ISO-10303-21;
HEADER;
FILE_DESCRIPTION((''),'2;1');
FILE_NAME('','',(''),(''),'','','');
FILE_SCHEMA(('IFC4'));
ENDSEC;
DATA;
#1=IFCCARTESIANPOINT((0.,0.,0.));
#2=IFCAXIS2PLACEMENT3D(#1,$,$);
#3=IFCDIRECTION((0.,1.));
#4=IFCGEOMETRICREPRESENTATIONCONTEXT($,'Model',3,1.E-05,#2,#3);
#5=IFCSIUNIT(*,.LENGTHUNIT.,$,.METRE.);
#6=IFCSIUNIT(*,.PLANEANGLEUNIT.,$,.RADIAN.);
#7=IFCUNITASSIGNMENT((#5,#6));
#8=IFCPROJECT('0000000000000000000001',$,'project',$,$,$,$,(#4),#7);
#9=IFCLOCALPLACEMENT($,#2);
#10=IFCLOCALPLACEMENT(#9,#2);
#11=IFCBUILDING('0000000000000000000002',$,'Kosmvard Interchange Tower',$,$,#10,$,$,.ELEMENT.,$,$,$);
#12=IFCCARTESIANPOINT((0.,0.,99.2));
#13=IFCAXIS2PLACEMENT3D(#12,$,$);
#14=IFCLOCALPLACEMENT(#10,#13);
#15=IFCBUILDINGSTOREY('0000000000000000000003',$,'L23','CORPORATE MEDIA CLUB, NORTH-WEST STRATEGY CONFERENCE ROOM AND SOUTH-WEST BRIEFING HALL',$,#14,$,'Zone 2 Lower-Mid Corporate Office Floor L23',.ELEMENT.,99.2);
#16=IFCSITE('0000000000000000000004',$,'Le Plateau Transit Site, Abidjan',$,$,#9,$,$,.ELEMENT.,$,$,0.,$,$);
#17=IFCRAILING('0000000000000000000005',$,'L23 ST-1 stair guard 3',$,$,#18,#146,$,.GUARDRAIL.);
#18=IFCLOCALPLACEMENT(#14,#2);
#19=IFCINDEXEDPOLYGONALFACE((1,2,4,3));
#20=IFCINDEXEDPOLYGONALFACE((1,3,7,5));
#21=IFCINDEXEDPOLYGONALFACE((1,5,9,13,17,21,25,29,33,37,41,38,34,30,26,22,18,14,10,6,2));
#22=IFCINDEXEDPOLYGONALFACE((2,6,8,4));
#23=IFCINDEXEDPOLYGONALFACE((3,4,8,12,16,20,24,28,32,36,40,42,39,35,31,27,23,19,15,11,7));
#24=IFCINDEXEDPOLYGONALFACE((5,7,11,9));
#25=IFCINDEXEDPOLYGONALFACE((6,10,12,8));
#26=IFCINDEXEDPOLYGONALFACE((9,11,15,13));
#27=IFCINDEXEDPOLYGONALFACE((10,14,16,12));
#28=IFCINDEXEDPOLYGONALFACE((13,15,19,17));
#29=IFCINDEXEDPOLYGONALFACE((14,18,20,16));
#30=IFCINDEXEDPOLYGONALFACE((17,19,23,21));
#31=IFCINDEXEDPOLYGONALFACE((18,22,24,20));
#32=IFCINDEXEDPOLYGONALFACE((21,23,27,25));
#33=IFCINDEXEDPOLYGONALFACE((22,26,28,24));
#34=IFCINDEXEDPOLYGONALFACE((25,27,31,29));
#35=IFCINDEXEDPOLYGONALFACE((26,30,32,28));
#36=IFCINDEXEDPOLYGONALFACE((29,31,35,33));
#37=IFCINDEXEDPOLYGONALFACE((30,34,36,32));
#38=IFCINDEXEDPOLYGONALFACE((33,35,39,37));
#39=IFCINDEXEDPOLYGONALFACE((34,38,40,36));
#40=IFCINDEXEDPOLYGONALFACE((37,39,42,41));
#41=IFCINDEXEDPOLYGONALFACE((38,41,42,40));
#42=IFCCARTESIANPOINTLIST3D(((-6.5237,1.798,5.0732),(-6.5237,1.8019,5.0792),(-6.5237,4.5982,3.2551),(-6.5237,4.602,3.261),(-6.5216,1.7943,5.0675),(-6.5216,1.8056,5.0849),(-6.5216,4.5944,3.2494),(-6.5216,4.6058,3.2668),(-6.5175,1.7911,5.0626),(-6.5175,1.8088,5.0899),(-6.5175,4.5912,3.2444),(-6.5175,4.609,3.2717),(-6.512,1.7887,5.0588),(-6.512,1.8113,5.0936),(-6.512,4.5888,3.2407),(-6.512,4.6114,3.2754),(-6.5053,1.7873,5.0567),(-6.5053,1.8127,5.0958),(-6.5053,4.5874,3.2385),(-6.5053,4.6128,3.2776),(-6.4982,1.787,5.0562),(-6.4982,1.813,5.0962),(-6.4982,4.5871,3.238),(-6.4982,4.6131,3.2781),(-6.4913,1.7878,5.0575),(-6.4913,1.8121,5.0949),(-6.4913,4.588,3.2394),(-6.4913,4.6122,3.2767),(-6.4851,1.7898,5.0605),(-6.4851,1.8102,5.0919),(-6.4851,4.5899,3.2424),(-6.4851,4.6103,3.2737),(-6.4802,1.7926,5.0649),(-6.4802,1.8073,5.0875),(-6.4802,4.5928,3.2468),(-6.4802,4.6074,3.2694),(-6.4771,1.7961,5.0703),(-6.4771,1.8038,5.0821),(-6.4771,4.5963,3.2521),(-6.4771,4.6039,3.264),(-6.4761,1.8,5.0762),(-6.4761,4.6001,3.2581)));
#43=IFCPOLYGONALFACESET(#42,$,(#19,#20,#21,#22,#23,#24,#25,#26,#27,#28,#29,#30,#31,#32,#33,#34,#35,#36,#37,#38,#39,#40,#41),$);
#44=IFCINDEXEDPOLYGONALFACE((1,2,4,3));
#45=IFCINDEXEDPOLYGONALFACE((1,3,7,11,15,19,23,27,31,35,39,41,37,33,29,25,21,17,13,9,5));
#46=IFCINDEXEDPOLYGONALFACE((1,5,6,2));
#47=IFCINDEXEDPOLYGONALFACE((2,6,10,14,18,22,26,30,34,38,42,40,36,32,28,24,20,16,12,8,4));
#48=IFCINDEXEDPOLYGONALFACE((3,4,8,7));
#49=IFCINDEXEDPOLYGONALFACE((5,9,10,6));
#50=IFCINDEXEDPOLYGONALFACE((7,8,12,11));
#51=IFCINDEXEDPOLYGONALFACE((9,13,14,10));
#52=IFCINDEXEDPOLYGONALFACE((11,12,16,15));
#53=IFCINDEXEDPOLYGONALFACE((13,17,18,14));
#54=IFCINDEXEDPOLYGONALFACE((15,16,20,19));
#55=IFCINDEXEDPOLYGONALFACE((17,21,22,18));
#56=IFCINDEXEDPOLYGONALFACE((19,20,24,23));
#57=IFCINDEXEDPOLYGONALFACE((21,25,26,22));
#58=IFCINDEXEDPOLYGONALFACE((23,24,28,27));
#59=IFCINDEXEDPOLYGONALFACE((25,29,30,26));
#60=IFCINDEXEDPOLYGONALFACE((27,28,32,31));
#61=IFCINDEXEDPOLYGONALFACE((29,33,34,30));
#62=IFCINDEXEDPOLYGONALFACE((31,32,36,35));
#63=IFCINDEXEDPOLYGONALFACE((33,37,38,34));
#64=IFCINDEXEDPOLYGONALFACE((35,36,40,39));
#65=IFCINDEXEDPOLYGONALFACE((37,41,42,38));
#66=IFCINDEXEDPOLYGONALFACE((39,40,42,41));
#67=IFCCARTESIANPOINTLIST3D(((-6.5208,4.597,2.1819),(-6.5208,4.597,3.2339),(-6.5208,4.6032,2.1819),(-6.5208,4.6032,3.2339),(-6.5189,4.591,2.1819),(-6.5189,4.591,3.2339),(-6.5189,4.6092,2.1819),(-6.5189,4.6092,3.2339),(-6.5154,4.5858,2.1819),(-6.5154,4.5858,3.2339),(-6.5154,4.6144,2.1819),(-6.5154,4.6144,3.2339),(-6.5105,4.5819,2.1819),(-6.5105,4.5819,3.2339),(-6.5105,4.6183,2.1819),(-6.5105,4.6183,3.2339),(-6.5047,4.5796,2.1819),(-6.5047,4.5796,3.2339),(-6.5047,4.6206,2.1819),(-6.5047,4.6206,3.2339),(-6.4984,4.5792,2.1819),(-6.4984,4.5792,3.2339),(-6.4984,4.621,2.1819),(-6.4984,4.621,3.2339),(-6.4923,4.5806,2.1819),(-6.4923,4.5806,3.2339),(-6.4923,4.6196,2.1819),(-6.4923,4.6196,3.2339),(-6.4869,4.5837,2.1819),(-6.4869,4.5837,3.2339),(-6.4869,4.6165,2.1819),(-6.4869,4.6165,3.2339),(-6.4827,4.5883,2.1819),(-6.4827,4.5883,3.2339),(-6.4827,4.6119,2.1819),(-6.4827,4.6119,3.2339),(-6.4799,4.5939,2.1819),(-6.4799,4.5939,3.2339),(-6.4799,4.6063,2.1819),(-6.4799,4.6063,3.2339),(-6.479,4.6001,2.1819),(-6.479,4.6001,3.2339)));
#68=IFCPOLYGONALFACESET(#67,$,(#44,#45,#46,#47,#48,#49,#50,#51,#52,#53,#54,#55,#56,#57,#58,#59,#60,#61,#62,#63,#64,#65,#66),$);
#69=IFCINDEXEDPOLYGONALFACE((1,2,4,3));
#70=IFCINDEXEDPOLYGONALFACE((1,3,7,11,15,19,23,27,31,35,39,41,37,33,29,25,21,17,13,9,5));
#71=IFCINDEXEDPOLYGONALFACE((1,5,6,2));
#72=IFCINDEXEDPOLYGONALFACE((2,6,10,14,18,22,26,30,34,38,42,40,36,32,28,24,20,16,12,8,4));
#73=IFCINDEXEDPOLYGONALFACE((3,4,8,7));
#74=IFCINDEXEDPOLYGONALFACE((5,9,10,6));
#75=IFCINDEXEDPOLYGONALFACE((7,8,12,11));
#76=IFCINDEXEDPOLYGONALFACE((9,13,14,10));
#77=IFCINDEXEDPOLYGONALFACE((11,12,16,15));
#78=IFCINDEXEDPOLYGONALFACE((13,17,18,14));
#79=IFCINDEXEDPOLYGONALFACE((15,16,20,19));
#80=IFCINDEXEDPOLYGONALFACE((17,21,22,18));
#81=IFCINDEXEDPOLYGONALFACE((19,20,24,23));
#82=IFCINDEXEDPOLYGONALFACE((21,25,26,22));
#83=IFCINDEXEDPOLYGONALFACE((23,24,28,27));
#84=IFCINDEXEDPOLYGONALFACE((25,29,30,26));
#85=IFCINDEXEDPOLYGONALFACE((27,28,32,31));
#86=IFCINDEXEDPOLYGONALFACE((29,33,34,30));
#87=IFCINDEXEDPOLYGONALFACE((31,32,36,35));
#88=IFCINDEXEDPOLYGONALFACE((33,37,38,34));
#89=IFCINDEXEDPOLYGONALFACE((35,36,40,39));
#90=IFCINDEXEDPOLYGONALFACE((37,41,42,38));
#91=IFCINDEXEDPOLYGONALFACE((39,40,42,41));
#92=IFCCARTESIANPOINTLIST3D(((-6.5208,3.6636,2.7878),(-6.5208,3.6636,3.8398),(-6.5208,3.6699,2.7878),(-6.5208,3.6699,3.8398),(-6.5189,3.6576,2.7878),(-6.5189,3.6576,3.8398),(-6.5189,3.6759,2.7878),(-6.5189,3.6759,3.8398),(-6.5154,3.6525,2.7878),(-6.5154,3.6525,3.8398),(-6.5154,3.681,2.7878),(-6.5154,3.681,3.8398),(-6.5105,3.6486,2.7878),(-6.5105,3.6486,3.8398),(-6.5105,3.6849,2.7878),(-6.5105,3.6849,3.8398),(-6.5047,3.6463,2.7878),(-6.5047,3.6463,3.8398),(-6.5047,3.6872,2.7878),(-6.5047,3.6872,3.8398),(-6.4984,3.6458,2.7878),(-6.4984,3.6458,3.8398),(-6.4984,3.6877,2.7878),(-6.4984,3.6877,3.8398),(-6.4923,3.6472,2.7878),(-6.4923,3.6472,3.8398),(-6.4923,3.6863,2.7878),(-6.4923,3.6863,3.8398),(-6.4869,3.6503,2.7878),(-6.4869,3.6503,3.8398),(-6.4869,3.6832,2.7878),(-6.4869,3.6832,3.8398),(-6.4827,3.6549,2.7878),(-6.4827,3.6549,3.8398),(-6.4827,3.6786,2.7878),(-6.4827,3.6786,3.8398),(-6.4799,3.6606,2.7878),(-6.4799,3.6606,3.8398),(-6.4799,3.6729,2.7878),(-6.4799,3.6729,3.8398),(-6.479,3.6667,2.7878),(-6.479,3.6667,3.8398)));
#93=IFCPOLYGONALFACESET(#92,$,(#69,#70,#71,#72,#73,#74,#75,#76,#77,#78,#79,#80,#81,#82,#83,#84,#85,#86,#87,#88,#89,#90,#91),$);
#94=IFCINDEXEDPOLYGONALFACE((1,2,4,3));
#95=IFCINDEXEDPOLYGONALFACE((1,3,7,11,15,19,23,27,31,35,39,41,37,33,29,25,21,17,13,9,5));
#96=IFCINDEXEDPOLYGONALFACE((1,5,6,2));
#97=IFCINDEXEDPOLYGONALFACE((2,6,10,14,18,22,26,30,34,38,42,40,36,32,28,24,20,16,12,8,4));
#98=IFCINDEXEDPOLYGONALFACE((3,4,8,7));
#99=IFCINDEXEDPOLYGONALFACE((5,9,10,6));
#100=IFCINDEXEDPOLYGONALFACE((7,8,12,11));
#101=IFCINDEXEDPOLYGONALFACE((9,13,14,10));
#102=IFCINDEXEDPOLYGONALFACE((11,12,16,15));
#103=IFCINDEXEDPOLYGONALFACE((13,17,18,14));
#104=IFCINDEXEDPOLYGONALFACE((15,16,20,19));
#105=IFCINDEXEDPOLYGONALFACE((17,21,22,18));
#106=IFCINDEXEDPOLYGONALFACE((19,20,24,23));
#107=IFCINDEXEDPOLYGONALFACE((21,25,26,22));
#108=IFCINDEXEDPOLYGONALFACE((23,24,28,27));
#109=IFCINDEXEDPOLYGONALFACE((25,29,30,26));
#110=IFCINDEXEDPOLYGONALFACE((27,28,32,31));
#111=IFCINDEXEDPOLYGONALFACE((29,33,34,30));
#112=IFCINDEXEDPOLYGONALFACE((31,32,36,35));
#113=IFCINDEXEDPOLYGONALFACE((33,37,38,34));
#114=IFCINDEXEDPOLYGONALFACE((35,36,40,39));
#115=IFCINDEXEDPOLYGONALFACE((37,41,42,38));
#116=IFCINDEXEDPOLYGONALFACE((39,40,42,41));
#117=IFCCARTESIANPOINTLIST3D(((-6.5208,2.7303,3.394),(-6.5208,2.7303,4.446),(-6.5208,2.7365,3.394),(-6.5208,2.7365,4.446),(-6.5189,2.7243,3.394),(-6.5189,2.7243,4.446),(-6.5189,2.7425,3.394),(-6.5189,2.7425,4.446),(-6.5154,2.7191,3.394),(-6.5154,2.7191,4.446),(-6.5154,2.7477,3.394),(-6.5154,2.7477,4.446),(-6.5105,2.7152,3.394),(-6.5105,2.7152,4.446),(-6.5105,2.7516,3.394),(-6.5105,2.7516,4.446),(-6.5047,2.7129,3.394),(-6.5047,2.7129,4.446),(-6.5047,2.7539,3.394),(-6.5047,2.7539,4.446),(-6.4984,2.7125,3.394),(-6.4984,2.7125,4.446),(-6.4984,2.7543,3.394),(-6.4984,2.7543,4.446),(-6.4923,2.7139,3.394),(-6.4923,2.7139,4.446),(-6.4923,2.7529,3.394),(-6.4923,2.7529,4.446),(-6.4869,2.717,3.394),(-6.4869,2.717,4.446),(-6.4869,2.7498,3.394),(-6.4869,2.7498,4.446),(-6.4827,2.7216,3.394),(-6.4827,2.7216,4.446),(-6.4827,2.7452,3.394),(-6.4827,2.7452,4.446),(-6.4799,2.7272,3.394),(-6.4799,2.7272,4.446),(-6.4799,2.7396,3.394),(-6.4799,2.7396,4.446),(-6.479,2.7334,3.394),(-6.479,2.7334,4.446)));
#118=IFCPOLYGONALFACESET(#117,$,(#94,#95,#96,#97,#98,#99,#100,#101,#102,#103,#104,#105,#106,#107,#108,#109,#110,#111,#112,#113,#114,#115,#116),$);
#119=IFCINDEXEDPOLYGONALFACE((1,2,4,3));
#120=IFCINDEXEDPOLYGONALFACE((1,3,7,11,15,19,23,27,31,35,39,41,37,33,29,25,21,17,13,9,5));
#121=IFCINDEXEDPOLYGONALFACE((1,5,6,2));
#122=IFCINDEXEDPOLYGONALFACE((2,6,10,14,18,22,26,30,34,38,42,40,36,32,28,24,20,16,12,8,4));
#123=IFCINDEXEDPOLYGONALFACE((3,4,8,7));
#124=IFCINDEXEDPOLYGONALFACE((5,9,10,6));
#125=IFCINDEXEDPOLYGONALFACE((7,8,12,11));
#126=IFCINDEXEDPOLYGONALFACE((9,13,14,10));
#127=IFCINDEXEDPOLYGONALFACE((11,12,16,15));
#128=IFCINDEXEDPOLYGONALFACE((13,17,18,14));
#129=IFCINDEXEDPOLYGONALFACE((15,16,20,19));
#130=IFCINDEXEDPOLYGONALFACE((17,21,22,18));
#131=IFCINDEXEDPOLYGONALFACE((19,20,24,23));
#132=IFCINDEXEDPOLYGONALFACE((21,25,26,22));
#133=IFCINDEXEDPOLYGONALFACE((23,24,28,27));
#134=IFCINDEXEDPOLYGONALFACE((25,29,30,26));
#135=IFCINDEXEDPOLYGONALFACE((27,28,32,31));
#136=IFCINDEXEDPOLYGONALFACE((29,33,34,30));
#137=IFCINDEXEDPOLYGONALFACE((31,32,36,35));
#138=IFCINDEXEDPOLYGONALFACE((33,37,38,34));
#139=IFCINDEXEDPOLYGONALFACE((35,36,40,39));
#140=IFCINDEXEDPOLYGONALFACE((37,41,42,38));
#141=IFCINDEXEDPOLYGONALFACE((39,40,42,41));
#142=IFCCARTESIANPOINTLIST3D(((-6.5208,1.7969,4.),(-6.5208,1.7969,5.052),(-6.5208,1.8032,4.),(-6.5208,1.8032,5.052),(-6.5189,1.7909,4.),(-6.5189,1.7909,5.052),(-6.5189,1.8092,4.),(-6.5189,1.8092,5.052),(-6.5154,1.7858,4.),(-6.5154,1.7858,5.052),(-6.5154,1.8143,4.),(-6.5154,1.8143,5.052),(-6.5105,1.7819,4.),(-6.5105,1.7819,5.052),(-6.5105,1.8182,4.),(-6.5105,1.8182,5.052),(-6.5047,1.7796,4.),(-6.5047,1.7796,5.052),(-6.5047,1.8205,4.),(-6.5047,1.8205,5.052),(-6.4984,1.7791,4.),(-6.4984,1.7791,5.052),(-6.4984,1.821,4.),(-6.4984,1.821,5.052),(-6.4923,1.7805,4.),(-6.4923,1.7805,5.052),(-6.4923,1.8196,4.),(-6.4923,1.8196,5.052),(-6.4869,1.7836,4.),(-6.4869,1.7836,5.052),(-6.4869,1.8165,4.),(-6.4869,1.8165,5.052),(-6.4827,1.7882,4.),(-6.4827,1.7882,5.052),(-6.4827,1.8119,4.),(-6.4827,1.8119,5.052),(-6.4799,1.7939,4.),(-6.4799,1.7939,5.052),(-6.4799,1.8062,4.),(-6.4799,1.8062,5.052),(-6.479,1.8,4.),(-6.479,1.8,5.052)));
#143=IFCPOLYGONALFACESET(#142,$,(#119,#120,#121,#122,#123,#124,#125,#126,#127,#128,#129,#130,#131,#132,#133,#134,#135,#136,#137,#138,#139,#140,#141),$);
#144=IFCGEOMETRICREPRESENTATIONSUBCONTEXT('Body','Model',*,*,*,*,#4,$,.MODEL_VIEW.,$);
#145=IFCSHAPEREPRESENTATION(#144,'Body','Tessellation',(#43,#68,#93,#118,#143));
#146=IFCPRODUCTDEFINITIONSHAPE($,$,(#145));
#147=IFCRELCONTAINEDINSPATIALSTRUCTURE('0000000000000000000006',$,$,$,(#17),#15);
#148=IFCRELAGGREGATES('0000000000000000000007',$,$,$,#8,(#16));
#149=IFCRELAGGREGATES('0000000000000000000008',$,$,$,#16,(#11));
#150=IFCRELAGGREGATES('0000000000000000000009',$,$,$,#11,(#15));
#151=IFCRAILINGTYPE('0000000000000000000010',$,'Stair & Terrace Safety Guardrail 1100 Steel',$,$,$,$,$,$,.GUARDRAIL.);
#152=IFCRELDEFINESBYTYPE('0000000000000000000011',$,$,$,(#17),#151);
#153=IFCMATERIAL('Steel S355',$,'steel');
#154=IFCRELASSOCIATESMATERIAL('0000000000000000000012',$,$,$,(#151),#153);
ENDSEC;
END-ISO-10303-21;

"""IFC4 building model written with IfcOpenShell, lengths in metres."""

from ifc_helpers import new_model, si_unit, direction, frame, origin, origin_2d, place, context, subcontext, project, spatial, circle, extrude, source, transform, mapped, material, type_object, element, save


model = new_model("IFC4")

# Units and contexts
model_context = context("Model", 3, precision=1e-05, world=origin(), true_north=direction((0.0, 1.0)))
body_context = subcontext(model_context, "Body", "Model", "MODEL_VIEW")
ifc_project = project(units=[si_unit("LENGTHUNIT", "METRE"), si_unit("PLANEANGLEUNIT", "RADIAN")], contexts=[model_context])

# Site, building, storey
site_placement = place(None, origin())
site = spatial("IfcSite", under=ifc_project, at=site_placement, Name="Le Plateau Transit Site, Abidjan", CompositionType="ELEMENT", RefElevation=0.0)
building_placement = place(site_placement, origin())
building = spatial("IfcBuilding", under=site, at=building_placement, Name="Kosmvard Interchange Tower", CompositionType="ELEMENT")
storey_placement = place(building_placement, frame((0.0, 0.0, 99.2)))
storey = spatial("IfcBuildingStorey", under=building, at=storey_placement, Name="L23", Description="CORPORATE MEDIA CLUB, NORTH-WEST STRATEGY CONFERENCE ROOM AND SOUTH-WEST BRIEFING HALL", LongName="Zone 2 Lower-Mid Corporate Office Floor L23", CompositionType="ELEMENT", Elevation=99.2)

# Shared definitions
ifc_material_1 = material(Name="Steel S355", Category="steel")

# Railing
railing_type_1 = type_object("IfcRailingType", Name="Stair & Terrace Safety Guardrail 1100 Steel", PredefinedType="GUARDRAIL", material=ifc_material_1)
shared_shape_1 = source(origin(), body_context, "Body", "SweptSolid", [
    extrude(circle(Radius=0.0239, at=origin_2d()), frame((0.0, 0.0, 1.0762), z_axis=(0.0, -0.838706, 0.544585), x_axis=(1.0, 0.0, 0.0)), (0.0, 0.0, 1.0), 3.3386),
    extrude(circle(Radius=0.021, at=origin_2d()), origin(), (0.0, 0.0, 1.0), 1.052),
    extrude(circle(Radius=0.021, at=origin_2d()), frame((0.0, -0.9333, 0.606)), (0.0, 0.0, 1.0), 1.052),
    extrude(circle(Radius=0.021, at=origin_2d()), frame((0.0, -1.8667, 1.2122)), (0.0, 0.0, 1.0), 1.052),
    extrude(circle(Radius=0.021, at=origin_2d()), frame((0.0, -2.8, 1.8181)), (0.0, 0.0, 1.0), 1.052),
])
railing_1_placement = place(storey_placement, frame((-6.5, 4.6001, 2.1819)))
element("IfcRailing", 1, at=railing_1_placement, inside=storey, type_object=railing_type_1, Name="L23 ST-1 stair guard 3", PredefinedType="GUARDRAIL", context=body_context, shape_type="MappedRepresentation", body=[
    mapped(shared_shape_1, transform((0.0, 0.0, 0.0), scale=1.0)),
])

save(model, "model.ifc")
